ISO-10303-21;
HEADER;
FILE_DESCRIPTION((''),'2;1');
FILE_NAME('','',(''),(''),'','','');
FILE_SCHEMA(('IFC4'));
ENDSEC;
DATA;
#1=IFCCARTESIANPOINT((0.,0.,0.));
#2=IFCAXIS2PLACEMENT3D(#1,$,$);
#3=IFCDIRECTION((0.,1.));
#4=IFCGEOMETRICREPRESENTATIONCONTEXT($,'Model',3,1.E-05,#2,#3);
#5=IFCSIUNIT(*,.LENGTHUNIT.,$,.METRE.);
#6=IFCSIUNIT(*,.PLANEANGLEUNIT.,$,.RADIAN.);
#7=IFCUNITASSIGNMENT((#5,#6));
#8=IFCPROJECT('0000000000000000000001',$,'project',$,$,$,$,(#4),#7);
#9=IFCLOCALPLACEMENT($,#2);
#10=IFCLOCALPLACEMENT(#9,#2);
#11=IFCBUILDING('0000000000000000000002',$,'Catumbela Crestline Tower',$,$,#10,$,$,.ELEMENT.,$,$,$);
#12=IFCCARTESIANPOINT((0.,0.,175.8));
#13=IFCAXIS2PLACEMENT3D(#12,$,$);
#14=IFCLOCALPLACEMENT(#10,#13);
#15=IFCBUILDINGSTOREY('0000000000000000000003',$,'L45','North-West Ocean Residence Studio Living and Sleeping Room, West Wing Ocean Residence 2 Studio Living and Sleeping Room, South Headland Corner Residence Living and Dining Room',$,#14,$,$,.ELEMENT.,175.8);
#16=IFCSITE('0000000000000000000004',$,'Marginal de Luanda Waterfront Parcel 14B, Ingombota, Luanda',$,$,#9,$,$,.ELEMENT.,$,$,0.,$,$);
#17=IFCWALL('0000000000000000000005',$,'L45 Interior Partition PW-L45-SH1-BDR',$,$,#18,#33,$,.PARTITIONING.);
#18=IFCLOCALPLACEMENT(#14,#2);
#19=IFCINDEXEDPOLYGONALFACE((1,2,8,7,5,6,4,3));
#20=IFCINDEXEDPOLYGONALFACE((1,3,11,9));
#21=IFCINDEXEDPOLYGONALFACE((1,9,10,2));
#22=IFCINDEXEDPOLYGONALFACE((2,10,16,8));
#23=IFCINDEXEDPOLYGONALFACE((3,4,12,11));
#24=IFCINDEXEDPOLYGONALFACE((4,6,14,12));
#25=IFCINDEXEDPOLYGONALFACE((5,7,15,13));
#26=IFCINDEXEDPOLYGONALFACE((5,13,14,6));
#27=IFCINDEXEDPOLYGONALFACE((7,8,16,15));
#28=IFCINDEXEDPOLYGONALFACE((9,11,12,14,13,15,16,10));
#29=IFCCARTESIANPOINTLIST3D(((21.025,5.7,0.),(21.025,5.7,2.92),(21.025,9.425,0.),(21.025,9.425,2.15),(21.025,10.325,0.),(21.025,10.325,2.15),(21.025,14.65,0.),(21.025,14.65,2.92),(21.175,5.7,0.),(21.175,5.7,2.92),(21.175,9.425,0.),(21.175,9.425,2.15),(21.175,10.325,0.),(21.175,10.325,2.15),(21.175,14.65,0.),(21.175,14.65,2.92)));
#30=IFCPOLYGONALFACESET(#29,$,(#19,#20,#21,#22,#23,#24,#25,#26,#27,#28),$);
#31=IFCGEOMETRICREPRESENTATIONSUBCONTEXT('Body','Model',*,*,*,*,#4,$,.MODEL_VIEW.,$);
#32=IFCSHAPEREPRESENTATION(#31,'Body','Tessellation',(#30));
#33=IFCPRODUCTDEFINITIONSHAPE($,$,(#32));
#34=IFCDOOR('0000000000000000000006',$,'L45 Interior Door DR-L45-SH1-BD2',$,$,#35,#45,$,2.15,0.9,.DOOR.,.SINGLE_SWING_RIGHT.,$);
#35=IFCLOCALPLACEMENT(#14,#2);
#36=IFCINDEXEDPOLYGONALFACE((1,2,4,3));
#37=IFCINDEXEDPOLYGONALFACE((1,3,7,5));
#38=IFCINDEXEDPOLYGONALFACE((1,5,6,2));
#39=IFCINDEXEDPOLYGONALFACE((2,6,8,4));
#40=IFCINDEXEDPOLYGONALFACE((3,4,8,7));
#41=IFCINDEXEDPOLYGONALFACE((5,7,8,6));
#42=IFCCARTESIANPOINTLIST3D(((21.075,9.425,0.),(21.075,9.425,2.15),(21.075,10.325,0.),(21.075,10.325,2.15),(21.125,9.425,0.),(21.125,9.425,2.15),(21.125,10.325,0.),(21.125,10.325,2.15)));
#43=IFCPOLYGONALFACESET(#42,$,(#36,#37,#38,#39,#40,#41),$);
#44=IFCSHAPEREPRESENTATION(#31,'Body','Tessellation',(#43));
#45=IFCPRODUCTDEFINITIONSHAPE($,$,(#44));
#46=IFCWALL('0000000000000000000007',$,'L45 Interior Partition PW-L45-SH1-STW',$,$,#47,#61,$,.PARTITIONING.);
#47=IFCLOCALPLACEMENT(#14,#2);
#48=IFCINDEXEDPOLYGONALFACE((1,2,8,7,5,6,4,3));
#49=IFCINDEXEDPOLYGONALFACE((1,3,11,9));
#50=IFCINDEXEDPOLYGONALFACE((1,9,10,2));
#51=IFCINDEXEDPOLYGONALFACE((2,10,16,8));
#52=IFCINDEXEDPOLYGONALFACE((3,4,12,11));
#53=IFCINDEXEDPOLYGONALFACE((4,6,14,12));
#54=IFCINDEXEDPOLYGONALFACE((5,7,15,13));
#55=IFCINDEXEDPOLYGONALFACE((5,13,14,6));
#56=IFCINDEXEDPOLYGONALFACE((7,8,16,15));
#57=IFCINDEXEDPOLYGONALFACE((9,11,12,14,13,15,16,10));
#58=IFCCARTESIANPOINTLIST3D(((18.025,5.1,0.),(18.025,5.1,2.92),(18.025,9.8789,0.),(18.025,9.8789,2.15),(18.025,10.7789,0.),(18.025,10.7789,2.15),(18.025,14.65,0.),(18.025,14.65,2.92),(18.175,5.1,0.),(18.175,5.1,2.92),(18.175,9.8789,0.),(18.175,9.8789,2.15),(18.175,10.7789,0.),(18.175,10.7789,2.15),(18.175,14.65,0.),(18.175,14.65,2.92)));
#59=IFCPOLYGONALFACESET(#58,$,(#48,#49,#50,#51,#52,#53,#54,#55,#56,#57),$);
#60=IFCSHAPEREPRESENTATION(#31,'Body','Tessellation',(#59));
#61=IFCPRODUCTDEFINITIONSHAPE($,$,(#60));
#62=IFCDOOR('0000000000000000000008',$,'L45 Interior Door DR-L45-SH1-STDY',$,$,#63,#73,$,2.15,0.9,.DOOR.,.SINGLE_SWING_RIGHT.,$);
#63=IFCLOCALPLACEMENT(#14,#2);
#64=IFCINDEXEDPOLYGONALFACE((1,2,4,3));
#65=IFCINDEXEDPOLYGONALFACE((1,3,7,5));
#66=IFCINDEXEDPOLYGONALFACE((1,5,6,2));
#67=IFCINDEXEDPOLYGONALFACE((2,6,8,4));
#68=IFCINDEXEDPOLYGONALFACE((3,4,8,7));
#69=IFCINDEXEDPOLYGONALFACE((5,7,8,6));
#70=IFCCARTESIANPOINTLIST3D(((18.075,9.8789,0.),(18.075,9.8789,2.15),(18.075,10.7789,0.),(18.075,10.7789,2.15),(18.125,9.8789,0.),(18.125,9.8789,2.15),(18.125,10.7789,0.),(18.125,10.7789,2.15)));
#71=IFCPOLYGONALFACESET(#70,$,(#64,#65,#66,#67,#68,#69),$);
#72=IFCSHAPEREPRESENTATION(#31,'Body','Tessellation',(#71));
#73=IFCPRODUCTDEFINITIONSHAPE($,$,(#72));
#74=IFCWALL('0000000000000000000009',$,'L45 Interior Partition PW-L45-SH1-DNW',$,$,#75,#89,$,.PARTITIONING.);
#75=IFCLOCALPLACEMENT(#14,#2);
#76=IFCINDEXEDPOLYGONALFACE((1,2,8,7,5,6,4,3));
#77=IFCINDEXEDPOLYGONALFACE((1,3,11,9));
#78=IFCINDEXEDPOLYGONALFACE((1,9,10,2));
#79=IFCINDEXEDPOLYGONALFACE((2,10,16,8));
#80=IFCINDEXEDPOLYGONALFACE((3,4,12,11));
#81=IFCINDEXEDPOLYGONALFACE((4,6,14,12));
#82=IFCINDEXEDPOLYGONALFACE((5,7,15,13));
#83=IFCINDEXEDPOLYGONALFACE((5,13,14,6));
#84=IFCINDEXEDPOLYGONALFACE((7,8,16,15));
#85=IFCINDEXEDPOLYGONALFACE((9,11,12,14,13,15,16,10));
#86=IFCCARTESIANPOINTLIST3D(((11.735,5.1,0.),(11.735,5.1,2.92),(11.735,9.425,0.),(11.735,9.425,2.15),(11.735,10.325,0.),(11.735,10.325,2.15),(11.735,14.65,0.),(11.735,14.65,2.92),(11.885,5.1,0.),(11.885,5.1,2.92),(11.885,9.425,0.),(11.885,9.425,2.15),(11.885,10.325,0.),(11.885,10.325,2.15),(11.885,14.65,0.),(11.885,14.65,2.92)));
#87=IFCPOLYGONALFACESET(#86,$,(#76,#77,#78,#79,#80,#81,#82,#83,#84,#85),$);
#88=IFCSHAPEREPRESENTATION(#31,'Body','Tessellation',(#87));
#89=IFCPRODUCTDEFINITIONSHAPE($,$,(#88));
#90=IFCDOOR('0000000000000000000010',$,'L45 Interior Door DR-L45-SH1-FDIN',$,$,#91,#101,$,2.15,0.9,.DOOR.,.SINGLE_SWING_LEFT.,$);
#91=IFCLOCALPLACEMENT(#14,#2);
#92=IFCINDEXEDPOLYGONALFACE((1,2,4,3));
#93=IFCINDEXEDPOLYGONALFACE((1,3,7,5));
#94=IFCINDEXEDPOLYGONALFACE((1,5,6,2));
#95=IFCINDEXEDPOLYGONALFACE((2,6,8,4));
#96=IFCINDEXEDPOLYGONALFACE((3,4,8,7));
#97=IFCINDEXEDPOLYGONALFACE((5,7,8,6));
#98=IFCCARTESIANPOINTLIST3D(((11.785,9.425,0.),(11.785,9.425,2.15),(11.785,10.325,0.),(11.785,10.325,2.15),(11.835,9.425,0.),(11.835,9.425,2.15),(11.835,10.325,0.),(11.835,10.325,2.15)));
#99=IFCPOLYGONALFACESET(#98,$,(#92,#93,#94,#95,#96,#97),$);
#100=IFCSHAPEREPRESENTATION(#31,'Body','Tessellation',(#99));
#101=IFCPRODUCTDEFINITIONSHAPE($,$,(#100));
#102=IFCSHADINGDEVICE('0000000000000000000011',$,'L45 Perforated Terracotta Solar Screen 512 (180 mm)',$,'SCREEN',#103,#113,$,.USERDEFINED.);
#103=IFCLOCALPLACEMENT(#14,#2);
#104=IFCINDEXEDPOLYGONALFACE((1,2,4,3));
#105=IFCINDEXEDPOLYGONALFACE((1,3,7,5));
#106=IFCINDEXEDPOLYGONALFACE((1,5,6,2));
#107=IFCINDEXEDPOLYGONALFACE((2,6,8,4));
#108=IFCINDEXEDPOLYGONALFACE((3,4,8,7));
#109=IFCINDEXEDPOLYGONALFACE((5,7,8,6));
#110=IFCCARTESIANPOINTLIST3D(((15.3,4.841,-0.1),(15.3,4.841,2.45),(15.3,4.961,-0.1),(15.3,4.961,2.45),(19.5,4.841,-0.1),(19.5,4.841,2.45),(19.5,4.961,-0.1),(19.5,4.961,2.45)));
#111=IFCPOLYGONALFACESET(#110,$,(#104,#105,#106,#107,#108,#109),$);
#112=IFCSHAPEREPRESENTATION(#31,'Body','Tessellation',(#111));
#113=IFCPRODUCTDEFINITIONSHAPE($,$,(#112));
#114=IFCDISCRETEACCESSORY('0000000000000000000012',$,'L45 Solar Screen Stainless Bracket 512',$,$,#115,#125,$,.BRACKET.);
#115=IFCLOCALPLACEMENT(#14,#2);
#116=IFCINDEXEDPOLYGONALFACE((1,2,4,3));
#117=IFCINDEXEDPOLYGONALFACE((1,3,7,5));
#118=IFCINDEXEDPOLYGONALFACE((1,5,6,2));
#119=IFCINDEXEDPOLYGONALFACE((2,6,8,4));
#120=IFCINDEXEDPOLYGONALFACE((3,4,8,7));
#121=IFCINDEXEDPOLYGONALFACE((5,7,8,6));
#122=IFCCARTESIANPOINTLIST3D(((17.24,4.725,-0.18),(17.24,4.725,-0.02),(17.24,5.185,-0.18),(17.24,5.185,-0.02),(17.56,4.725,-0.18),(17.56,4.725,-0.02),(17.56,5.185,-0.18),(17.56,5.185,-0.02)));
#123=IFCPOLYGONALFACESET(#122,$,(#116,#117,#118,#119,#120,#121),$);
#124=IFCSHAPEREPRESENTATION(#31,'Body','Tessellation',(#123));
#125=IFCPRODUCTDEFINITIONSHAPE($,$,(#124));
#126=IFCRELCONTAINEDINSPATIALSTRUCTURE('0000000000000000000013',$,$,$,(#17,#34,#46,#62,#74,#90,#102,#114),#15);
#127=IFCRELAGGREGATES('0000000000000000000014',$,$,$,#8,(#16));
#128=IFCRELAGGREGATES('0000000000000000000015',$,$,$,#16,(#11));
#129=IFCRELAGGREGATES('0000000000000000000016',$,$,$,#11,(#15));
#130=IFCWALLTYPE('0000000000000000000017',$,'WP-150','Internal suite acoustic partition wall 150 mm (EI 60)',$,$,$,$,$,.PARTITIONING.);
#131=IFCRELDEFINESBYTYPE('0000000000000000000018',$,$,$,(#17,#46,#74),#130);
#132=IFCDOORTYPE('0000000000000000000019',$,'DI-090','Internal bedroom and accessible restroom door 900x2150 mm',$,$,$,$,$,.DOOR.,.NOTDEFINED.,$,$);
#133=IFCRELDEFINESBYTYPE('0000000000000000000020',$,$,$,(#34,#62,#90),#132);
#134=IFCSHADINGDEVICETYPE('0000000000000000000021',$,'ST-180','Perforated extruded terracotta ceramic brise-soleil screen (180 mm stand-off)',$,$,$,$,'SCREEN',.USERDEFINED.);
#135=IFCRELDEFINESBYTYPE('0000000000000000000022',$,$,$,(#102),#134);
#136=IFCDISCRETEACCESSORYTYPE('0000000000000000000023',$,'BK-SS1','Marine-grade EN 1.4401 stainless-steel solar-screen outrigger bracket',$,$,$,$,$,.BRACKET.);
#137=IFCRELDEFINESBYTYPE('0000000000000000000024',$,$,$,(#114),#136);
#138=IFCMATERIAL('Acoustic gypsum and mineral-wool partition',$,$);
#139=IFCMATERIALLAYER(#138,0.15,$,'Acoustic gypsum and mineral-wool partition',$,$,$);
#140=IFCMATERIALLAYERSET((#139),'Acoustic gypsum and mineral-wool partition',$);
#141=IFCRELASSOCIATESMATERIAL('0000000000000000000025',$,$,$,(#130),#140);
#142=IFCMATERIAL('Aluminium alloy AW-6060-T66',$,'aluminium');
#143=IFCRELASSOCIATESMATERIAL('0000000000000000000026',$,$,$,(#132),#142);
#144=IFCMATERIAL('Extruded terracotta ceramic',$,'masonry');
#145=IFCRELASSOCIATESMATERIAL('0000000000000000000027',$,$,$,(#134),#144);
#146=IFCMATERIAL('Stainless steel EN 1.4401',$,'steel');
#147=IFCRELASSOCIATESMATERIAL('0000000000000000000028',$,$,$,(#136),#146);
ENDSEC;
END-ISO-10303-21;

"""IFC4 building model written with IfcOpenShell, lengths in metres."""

from ifc_helpers import new_model, si_unit, direction, frame, frame_2d, origin, origin_2d, place, context, subcontext, project, spatial, rectangle, extrude, material, layer, layer_set, type_object, element, fill, save


model = new_model("IFC4")

# Units and contexts
model_context = context("Model", 3, precision=1e-05, world=origin(), true_north=direction((0.0, 1.0)))
body_context = subcontext(model_context, "Body", "Model", "MODEL_VIEW")
ifc_project = project(units=[si_unit("LENGTHUNIT", "METRE"), si_unit("PLANEANGLEUNIT", "RADIAN")], contexts=[model_context])

# Site, building, storey
site_placement = place(None, origin())
site = spatial("IfcSite", under=ifc_project, at=site_placement, Name="Marginal de Luanda Waterfront Parcel 14B, Ingombota, Luanda", CompositionType="ELEMENT", RefElevation=0.0)
building_placement = place(site_placement, origin())
building = spatial("IfcBuilding", under=site, at=building_placement, Name="Catumbela Crestline Tower", CompositionType="ELEMENT")
storey_placement = place(building_placement, frame((0.0, 0.0, 175.8)))
storey = spatial("IfcBuildingStorey", under=building, at=storey_placement, Name="L45", Description="North-West Ocean Residence Studio Living and Sleeping Room, West Wing Ocean Residence 2 Studio Living and Sleeping Room, South Headland Corner Residence Living and Dining Room", CompositionType="ELEMENT", Elevation=175.8)

# Shared definitions
ifc_material_1 = material(Name="Aluminium alloy AW-6060-T66", Category="aluminium")

# Walls, openings, doors
ifc_material_2 = material(Name="Acoustic gypsum and mineral-wool partition")
ifc_layer_1 = layer(ifc_material_2, 0.15, Name="Acoustic gypsum and mineral-wool partition")
ifc_layer_set_1 = layer_set([ifc_layer_1], Name="Acoustic gypsum and mineral-wool partition")
wall_type_1 = type_object("IfcWallType", Name="WP-150", Description="Internal suite acoustic partition wall 150 mm (EI 60)", PredefinedType="PARTITIONING", material=ifc_layer_set_1)
door_type_1 = type_object("IfcDoorType", Name="DI-090", Description="Internal bedroom and accessible restroom door 900x2150 mm", OperationType="NOTDEFINED", PredefinedType="DOOR", material=ifc_material_1)
wall_1_placement = place(storey_placement, frame((21.1, 5.7, 0.0), z_axis=(0.0, 0.0, 1.0), x_axis=(0.0, 1.0, 0.0)))
wall_1 = element("IfcWall", 1, at=wall_1_placement, inside=storey, type_object=wall_type_1, Name="L45 Interior Partition PW-L45-SH1-BDR", PredefinedType="PARTITIONING", context=body_context, shape_type="SweptSolid", body=[
    extrude(rectangle(XDim=8.95, YDim=0.15, at=frame_2d((4.475, 0.0))), origin(), (0.0, 0.0, 1.0), 2.92),
])
opening_1_placement = place(wall_1_placement, frame((3.725, 0.0, 0.0)))
opening_1 = element("IfcOpeningElement", 2, at=opening_1_placement, cuts=wall_1, PredefinedType="OPENING", context=body_context, shape_type="SweptSolid", body=[
    extrude(rectangle(XDim=0.9, YDim=2.15, at=frame_2d((0.45, 1.075))), frame((0.0, 0.085, 0.0), z_axis=(0.0, -1.0, 0.0), x_axis=(1.0, 0.0, 0.0)), (0.0, 0.0, 1.0), 0.17),
])
door_1_placement = place(opening_1_placement, origin())
door_1 = element("IfcDoor", 3, at=door_1_placement, inside=storey, type_object=door_type_1, Name="L45 Interior Door DR-L45-SH1-BD2", OperationType="SINGLE_SWING_RIGHT", OverallHeight=2.15, OverallWidth=0.9, PredefinedType="DOOR", context=body_context, shape_type="SweptSolid", body=[
    extrude(rectangle(XDim=0.9, YDim=2.15, at=frame_2d((0.45, 1.075))), frame((0.0, 0.025, 0.0), z_axis=(0.0, -1.0, 0.0), x_axis=(1.0, 0.0, 0.0)), (0.0, 0.0, 1.0), 0.05),
])
fill(opening_1, door_1)
wall_2_placement = place(storey_placement, frame((18.1, 5.1, 0.0), z_axis=(0.0, 0.0, 1.0), x_axis=(0.0, 1.0, 0.0)))
wall_2 = element("IfcWall", 4, at=wall_2_placement, inside=storey, type_object=wall_type_1, Name="L45 Interior Partition PW-L45-SH1-STW", PredefinedType="PARTITIONING", context=body_context, shape_type="SweptSolid", body=[
    extrude(rectangle(XDim=9.55, YDim=0.15, at=frame_2d((4.775, 0.0))), origin(), (0.0, 0.0, 1.0), 2.92),
])
opening_2_placement = place(wall_2_placement, frame((4.7789, 0.0, 0.0)))
opening_2 = element("IfcOpeningElement", 5, at=opening_2_placement, cuts=wall_2, PredefinedType="OPENING", context=body_context, shape_type="SweptSolid", body=[
    extrude(rectangle(XDim=0.9, YDim=2.15, at=frame_2d((0.45, 1.075))), frame((0.0, 0.085, 0.0), z_axis=(0.0, -1.0, 0.0), x_axis=(1.0, 0.0, 0.0)), (0.0, 0.0, 1.0), 0.17),
])
door_2_placement = place(opening_2_placement, origin())
door_2 = element("IfcDoor", 6, at=door_2_placement, inside=storey, type_object=door_type_1, Name="L45 Interior Door DR-L45-SH1-STDY", OperationType="SINGLE_SWING_RIGHT", OverallHeight=2.15, OverallWidth=0.9, PredefinedType="DOOR", context=body_context, shape_type="SweptSolid", body=[
    extrude(rectangle(XDim=0.9, YDim=2.15, at=frame_2d((0.45, 1.075))), frame((0.0, 0.025, 0.0), z_axis=(0.0, -1.0, 0.0), x_axis=(1.0, 0.0, 0.0)), (0.0, 0.0, 1.0), 0.05),
])
fill(opening_2, door_2)
wall_3_placement = place(storey_placement, frame((11.81, 5.1, 0.0), z_axis=(0.0, 0.0, 1.0), x_axis=(0.0, 1.0, 0.0)))
wall_3 = element("IfcWall", 7, at=wall_3_placement, inside=storey, type_object=wall_type_1, Name="L45 Interior Partition PW-L45-SH1-DNW", PredefinedType="PARTITIONING", context=body_context, shape_type="SweptSolid", body=[
    extrude(rectangle(XDim=9.55, YDim=0.15, at=frame_2d((4.775, 0.0))), origin(), (0.0, 0.0, 1.0), 2.92),
])
opening_3_placement = place(wall_3_placement, frame((4.325, 0.0, 0.0)))
opening_3 = element("IfcOpeningElement", 8, at=opening_3_placement, cuts=wall_3, PredefinedType="OPENING", context=body_context, shape_type="SweptSolid", body=[
    extrude(rectangle(XDim=0.9, YDim=2.15, at=frame_2d((0.45, 1.075))), frame((0.0, 0.085, 0.0), z_axis=(0.0, -1.0, 0.0), x_axis=(1.0, 0.0, 0.0)), (0.0, 0.0, 1.0), 0.17),
])
door_3_placement = place(opening_3_placement, origin())
door_3 = element("IfcDoor", 9, at=door_3_placement, inside=storey, type_object=door_type_1, Name="L45 Interior Door DR-L45-SH1-FDIN", OperationType="SINGLE_SWING_LEFT", OverallHeight=2.15, OverallWidth=0.9, PredefinedType="DOOR", context=body_context, shape_type="SweptSolid", body=[
    extrude(rectangle(XDim=0.9, YDim=2.15, at=frame_2d((0.45, 1.075))), frame((0.0, 0.025, 0.0), z_axis=(0.0, -1.0, 0.0), x_axis=(1.0, 0.0, 0.0)), (0.0, 0.0, 1.0), 0.05),
])
fill(opening_3, door_3)

# Shared definitions
ifc_material_3 = material(Name="Stainless steel EN 1.4401", Category="steel")

# Shading device
ifc_material_4 = material(Name="Extruded terracotta ceramic", Category="masonry")
shading_device_type = type_object("IfcShadingDeviceType", Name="ST-180", Description="Perforated extruded terracotta ceramic brise-soleil screen (180 mm stand-off)", ElementType="SCREEN", PredefinedType="USERDEFINED", material=ifc_material_4)
shading_device_placement = place(storey_placement, frame((17.4, 4.901, -0.1), z_axis=(0.0, 0.0, 1.0), x_axis=(1.0, 0.0, 0.0)))
element("IfcShadingDevice", 10, at=shading_device_placement, inside=storey, type_object=shading_device_type, Name="L45 Perforated Terracotta Solar Screen 512 (180 mm)", ObjectType="SCREEN", PredefinedType="USERDEFINED", context=body_context, shape_type="SweptSolid", body=[
    extrude(rectangle(XDim=4.2, YDim=0.12, at=origin_2d()), origin(), (0.0, 0.0, 1.0), 2.55),
])

# Discrete accessory
discrete_accessory_type = type_object("IfcDiscreteAccessoryType", Name="BK-SS1", Description="Marine-grade EN 1.4401 stainless-steel solar-screen outrigger bracket", PredefinedType="BRACKET", material=ifc_material_3)
discrete_accessory_placement = place(storey_placement, frame((17.4, 4.955, -0.18), z_axis=(0.0, 0.0, 1.0), x_axis=(1.0, 0.0, 0.0)))
element("IfcDiscreteAccessory", 11, at=discrete_accessory_placement, inside=storey, type_object=discrete_accessory_type, Name="L45 Solar Screen Stainless Bracket 512", PredefinedType="BRACKET", context=body_context, shape_type="SweptSolid", body=[
    extrude(rectangle(XDim=0.32, YDim=0.46, at=origin_2d()), origin(), (0.0, 0.0, 1.0), 0.16),
])

save(model, "model.ifc")
